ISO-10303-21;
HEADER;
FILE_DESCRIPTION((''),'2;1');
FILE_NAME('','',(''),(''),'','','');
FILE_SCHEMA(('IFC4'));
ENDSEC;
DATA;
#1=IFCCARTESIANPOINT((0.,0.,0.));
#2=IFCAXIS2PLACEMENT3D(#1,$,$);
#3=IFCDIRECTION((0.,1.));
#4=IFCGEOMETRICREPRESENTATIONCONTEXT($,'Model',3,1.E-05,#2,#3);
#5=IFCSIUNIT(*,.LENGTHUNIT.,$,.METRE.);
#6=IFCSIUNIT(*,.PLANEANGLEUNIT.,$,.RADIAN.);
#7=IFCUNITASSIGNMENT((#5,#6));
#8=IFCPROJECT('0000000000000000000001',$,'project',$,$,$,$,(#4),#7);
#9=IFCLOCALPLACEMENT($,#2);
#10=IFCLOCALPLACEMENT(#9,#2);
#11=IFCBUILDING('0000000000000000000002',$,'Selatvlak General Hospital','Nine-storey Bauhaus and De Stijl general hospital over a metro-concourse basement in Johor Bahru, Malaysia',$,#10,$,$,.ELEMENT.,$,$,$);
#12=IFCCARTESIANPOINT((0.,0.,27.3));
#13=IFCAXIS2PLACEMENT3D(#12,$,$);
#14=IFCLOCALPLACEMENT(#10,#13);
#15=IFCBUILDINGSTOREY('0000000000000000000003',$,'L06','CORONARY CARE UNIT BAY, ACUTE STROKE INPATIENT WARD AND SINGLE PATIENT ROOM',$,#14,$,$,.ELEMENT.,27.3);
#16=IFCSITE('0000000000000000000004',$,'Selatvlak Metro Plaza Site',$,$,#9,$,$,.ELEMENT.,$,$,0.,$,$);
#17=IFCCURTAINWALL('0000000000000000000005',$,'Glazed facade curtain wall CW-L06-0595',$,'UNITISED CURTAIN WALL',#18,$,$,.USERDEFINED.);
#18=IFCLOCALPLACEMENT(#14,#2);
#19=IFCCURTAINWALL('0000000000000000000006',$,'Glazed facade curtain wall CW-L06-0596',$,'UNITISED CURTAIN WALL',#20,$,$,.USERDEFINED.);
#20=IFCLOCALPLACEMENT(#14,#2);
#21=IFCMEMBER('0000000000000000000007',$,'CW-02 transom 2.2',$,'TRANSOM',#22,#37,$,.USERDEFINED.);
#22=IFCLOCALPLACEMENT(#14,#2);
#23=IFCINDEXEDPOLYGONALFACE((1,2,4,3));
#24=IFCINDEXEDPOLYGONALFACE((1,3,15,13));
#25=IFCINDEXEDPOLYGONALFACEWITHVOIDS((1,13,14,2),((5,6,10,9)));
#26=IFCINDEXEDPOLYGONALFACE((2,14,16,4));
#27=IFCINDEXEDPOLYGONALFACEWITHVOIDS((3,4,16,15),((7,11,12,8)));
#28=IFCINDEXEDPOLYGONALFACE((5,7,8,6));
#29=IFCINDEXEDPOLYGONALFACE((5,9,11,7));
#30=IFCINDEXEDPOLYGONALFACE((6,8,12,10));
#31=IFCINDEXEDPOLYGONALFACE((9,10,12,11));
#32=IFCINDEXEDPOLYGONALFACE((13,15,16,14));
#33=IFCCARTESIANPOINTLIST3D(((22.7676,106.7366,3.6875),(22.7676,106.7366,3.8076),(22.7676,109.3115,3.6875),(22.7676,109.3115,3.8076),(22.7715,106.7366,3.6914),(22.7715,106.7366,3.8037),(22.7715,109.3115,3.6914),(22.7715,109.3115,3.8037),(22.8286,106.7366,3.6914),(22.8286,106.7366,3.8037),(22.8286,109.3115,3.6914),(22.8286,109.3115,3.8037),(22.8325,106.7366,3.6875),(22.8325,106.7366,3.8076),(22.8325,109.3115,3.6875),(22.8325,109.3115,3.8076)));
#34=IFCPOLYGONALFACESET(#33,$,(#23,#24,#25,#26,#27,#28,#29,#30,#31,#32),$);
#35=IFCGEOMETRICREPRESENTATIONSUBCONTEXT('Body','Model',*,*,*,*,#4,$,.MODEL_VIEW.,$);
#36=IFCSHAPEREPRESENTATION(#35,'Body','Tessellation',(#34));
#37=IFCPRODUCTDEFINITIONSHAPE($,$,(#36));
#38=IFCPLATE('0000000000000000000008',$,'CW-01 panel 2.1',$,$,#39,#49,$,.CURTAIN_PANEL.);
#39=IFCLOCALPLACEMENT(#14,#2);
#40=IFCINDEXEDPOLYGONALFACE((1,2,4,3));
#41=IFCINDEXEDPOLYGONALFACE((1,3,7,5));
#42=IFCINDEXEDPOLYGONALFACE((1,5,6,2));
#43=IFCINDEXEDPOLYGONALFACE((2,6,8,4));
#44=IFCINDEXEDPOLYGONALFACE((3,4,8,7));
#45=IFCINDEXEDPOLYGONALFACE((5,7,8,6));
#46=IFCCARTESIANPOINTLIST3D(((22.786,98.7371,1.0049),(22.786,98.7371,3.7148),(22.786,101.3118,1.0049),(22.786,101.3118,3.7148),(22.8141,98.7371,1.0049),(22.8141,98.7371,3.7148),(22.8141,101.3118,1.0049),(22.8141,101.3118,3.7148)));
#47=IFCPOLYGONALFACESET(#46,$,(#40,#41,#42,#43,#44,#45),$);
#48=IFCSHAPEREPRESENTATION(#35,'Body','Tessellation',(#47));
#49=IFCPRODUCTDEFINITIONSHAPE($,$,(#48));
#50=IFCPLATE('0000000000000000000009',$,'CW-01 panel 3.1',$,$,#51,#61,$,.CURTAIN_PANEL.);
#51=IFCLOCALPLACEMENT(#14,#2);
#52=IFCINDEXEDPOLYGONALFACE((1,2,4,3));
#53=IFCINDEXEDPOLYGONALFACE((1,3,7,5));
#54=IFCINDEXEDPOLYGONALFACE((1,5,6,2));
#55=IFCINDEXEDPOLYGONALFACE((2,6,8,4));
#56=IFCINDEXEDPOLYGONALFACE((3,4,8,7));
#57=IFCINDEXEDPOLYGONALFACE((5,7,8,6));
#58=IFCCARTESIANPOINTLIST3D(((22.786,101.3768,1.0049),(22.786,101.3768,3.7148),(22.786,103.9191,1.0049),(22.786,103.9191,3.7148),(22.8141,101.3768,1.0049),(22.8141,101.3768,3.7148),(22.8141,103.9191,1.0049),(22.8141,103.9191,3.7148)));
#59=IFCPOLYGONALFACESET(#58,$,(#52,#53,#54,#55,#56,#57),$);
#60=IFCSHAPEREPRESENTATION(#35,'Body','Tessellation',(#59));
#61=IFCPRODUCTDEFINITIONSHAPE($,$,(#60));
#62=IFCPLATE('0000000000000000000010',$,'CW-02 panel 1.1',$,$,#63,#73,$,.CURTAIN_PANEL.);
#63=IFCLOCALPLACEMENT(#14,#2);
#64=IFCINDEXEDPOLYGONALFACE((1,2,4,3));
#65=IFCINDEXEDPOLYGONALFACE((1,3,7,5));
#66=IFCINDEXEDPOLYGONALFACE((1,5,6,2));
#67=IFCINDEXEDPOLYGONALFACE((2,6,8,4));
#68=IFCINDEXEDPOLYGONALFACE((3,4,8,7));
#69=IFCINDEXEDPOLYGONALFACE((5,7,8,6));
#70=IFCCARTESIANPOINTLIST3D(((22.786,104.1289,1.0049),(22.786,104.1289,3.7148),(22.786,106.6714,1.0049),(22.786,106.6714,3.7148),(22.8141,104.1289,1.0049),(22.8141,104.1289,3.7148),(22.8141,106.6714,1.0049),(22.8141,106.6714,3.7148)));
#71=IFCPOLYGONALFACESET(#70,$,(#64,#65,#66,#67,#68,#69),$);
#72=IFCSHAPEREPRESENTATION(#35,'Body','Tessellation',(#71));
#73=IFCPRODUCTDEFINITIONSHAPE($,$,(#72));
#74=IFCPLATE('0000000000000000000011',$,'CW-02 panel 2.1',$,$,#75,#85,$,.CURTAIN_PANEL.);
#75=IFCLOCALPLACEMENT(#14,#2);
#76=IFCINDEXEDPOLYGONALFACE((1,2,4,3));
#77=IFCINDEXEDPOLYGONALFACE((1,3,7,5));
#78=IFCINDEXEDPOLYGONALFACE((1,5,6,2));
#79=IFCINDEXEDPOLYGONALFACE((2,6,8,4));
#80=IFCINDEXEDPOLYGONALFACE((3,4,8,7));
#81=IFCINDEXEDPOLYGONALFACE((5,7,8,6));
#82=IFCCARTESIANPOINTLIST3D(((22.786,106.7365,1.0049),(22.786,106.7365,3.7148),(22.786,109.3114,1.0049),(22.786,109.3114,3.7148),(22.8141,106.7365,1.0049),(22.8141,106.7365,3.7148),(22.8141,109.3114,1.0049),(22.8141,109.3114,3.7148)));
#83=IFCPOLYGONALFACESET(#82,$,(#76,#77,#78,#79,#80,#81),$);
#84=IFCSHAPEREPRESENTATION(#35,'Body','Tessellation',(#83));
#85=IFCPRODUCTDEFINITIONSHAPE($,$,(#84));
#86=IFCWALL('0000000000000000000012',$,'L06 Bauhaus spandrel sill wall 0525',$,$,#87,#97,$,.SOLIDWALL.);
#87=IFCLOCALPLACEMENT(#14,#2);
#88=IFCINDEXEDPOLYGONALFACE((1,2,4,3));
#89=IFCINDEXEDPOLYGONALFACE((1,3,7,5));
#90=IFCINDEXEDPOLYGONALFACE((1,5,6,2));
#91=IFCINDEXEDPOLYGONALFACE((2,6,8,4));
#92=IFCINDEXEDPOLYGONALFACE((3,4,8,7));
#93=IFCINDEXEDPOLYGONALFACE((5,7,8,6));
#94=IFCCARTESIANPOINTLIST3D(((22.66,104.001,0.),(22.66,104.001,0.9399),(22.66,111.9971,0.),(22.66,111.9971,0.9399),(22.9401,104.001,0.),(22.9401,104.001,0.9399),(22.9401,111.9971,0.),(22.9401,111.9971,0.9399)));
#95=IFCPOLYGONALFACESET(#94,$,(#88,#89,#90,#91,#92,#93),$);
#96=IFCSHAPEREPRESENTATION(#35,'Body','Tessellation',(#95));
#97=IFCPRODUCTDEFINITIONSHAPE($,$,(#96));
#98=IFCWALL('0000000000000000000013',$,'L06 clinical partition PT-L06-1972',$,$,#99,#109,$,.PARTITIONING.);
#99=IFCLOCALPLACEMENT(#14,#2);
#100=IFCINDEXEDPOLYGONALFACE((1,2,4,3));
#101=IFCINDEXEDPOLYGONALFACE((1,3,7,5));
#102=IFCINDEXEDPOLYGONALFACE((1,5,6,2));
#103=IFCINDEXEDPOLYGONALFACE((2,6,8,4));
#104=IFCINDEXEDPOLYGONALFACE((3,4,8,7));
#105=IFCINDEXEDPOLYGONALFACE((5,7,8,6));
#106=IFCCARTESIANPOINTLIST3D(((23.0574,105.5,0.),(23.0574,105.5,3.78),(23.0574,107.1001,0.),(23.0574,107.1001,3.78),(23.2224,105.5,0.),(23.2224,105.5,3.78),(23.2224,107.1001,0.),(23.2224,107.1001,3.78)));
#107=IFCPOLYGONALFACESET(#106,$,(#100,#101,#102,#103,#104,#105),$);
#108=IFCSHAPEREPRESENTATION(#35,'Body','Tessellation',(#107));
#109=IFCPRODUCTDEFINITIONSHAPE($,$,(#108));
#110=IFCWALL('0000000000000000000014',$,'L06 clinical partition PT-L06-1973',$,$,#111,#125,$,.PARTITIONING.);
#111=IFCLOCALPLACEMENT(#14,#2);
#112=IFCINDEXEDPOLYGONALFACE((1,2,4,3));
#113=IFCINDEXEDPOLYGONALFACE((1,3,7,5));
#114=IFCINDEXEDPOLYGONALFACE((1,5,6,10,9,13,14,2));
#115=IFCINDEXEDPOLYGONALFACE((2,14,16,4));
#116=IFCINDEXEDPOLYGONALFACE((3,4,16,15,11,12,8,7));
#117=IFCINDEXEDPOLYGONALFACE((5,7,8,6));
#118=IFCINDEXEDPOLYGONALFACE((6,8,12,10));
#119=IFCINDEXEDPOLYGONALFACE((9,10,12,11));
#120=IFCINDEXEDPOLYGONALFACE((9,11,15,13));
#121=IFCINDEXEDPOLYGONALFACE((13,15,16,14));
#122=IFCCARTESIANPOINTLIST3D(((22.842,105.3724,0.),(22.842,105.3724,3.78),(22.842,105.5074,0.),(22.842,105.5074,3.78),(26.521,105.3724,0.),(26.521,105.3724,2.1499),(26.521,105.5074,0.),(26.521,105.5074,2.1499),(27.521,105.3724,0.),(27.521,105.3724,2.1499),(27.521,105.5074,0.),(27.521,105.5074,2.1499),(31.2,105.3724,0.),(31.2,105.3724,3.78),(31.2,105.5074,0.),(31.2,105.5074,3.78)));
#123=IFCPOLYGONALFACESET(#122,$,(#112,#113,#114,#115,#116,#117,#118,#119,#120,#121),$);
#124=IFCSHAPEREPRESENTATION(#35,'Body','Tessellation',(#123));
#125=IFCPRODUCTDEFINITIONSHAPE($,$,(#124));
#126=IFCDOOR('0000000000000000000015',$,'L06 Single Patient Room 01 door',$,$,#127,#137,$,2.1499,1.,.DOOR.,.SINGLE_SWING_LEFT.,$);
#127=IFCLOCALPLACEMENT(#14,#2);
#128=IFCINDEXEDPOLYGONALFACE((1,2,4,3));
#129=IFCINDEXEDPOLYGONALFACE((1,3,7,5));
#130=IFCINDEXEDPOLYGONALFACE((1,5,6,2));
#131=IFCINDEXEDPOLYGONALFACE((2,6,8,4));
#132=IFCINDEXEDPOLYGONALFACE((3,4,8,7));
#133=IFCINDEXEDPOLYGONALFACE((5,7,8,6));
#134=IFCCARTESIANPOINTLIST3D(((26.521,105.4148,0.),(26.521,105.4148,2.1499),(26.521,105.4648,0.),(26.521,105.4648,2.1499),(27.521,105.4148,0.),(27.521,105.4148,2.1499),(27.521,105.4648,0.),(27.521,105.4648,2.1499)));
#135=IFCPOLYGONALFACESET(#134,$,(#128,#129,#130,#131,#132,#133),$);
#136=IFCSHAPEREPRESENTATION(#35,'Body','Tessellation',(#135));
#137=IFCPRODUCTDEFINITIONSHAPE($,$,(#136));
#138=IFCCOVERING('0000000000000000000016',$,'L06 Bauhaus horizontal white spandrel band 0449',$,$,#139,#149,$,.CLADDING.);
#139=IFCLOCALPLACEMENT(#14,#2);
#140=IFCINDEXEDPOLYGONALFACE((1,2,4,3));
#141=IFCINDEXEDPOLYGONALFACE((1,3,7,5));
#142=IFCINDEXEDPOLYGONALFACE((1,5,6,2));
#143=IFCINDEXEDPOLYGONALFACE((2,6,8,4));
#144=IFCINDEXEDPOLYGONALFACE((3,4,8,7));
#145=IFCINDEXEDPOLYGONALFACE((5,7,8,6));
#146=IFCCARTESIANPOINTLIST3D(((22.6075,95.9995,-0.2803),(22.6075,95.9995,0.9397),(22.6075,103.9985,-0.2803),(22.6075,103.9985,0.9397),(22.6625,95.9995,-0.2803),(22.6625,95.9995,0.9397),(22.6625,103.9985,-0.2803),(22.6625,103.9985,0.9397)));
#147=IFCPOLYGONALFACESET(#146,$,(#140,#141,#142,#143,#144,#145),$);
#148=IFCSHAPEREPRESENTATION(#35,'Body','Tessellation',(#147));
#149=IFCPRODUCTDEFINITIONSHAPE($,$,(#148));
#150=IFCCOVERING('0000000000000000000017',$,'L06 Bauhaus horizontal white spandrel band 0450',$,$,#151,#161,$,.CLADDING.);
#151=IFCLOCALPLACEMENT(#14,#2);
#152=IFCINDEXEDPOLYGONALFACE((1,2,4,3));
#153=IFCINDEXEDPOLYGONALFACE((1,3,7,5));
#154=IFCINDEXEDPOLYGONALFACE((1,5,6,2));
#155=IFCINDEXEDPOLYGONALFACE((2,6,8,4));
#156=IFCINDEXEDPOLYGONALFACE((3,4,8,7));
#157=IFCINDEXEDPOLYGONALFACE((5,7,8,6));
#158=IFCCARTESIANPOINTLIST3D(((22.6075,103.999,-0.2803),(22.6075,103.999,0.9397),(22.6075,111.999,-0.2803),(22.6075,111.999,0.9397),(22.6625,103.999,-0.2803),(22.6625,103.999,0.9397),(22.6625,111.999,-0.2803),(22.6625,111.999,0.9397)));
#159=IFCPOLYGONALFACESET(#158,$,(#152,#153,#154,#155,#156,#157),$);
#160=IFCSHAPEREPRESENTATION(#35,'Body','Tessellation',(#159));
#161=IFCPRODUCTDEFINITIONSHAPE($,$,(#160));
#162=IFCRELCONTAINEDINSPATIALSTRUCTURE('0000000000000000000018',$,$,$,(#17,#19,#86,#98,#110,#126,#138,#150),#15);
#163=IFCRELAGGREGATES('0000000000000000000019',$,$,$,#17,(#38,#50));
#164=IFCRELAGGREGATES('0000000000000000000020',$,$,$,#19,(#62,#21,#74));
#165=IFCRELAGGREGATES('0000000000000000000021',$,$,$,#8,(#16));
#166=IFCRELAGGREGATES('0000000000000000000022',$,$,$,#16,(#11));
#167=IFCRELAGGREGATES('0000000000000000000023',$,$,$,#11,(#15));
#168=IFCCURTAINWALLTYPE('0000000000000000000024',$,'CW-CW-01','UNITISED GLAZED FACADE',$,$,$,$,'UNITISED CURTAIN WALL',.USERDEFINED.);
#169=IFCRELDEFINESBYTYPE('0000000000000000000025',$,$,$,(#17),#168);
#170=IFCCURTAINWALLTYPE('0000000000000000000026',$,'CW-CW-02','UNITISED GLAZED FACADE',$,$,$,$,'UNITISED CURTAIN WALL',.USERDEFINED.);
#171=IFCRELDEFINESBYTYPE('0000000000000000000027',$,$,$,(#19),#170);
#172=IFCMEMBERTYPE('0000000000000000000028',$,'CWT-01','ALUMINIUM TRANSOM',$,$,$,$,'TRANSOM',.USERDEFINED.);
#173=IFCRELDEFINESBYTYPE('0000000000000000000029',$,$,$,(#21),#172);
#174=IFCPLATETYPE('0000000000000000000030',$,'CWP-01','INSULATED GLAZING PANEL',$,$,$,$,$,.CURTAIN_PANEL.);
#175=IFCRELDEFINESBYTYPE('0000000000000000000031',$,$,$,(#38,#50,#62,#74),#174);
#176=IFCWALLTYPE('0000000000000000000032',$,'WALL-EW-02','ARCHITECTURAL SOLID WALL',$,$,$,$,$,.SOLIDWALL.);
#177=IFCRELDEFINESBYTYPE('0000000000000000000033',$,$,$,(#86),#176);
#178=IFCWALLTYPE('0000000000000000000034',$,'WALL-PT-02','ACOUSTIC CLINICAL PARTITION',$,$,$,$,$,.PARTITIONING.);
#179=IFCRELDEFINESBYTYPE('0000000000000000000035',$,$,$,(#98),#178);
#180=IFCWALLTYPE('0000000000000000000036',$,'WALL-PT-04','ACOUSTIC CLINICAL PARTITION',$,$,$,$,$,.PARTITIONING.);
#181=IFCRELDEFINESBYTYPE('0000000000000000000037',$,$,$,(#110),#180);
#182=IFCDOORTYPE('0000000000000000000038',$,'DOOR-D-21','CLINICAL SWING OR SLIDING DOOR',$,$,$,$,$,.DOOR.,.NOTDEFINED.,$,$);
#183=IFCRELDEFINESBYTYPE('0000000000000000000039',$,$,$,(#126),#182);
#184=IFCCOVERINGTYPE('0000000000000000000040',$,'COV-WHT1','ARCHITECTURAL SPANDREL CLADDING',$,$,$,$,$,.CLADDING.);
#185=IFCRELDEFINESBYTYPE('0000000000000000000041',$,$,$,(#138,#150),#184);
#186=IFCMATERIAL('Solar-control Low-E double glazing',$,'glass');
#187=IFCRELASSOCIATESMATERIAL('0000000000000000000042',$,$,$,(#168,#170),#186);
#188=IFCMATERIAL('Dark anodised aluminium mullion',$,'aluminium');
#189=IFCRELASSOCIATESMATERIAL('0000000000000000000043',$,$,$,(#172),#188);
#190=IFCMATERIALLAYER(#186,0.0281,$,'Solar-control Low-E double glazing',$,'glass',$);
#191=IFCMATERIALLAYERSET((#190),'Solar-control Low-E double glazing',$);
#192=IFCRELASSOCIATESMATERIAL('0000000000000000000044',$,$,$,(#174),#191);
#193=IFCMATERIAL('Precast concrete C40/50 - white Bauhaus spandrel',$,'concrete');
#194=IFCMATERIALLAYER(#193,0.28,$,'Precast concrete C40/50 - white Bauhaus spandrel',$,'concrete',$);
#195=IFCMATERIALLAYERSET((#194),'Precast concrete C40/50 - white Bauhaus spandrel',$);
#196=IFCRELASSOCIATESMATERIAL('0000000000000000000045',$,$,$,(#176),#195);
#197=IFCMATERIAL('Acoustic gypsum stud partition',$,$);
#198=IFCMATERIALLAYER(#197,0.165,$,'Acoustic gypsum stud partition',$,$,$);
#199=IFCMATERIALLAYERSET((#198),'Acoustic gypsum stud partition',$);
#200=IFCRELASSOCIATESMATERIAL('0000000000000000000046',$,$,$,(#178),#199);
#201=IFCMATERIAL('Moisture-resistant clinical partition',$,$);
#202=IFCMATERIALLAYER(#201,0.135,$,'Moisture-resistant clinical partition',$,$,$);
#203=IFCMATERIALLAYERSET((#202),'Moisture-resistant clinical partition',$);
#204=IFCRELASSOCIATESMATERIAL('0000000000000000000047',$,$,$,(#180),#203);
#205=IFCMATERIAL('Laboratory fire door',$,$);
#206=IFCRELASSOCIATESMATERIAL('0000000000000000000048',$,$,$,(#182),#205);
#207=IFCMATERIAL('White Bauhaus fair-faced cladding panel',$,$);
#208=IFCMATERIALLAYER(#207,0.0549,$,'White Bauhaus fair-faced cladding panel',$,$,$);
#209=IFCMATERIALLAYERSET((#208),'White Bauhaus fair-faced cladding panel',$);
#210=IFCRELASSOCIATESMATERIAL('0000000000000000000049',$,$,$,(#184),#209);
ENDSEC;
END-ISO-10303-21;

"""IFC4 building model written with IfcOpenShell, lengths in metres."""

from ifc_helpers import new_model, si_unit, direction, frame, frame_2d, origin, origin_2d, place, context, subcontext, project, spatial, rectangle, hollow_rectangle, extrude, material, layer, layer_set, material_profile, profile_set, type_object, element, fill, aggregate, save


model = new_model("IFC4")

# Units and contexts
model_context = context("Model", 3, precision=1e-05, world=origin(), true_north=direction((0.0, 1.0)))
body_context = subcontext(model_context, "Body", "Model", "MODEL_VIEW")
ifc_project = project(units=[si_unit("LENGTHUNIT", "METRE"), si_unit("PLANEANGLEUNIT", "RADIAN")], contexts=[model_context])

# Site, building, storey
site_placement = place(None, origin())
site = spatial("IfcSite", under=ifc_project, at=site_placement, Name="Selatvlak Metro Plaza Site", CompositionType="ELEMENT", RefElevation=0.0)
building_placement = place(site_placement, origin())
building = spatial("IfcBuilding", under=site, at=building_placement, Name="Selatvlak General Hospital", Description="Nine-storey Bauhaus and De Stijl general hospital over a metro-concourse basement in Johor Bahru, Malaysia", CompositionType="ELEMENT")
storey_placement = place(building_placement, frame((0.0, 0.0, 27.3)))
storey = spatial("IfcBuildingStorey", under=building, at=storey_placement, Name="L06", Description="CORONARY CARE UNIT BAY, ACUTE STROKE INPATIENT WARD AND SINGLE PATIENT ROOM", CompositionType="ELEMENT", Elevation=27.3)

# Curtain walls
ifc_material_1 = material(Name="Solar-control Low-E double glazing", Category="glass")
curtain_wall_type_1 = type_object("IfcCurtainWallType", Name="CW-CW-01", Description="UNITISED GLAZED FACADE", ElementType="UNITISED CURTAIN WALL", PredefinedType="USERDEFINED", material=ifc_material_1)
curtain_wall_1_placement = place(storey_placement, origin())
curtain_wall_1 = element("IfcCurtainWall", 1, at=curtain_wall_1_placement, inside=storey, type_object=curtain_wall_type_1, Name="Glazed facade curtain wall CW-L06-0595", ObjectType="UNITISED CURTAIN WALL", PredefinedType="USERDEFINED")
ifc_material_2 = material(Name="Dark anodised aluminium mullion", Category="aluminium")
curtain_wall_type_2 = type_object("IfcCurtainWallType", Name="CW-CW-02", Description="UNITISED GLAZED FACADE", ElementType="UNITISED CURTAIN WALL", PredefinedType="USERDEFINED", material=ifc_material_1)
curtain_wall_2_placement = place(storey_placement, origin())
curtain_wall_2 = element("IfcCurtainWall", 2, at=curtain_wall_2_placement, inside=storey, type_object=curtain_wall_type_2, Name="Glazed facade curtain wall CW-L06-0596", ObjectType="UNITISED CURTAIN WALL", PredefinedType="USERDEFINED")

# Member
ifc_material_profile_1 = material_profile(ifc_material_2, hollow_rectangle(XDim=0.0649, YDim=0.1201, WallThickness=0.0039, at=origin_2d()), Name="AL-TRN 65x120x4")
ifc_profile_set_1 = profile_set([ifc_material_profile_1], Name="Dark anodised aluminium mullion")
member_type_1 = type_object("IfcMemberType", Name="CWT-01", Description="ALUMINIUM TRANSOM", ElementType="TRANSOM", PredefinedType="USERDEFINED", material=ifc_profile_set_1)
member_1_placement = place(storey_placement, frame((22.8, 106.7366, 3.7476), z_axis=(0.0, 1.0, 0.0), x_axis=(-1.0, 0.0, 0.0)))
member_1 = element("IfcMember", 3, at=member_1_placement, type_object=member_type_1, Name="CW-02 transom 2.2", ObjectType="TRANSOM", PredefinedType="USERDEFINED", context=body_context, shape_type="SweptSolid", body=[
    extrude(hollow_rectangle(XDim=0.0649, YDim=0.1201, WallThickness=0.0039, at=origin_2d()), origin(), (0.0, 0.0, 1.0), 2.575),
])

# Plates
ifc_layer_1 = layer(ifc_material_1, 0.0281, Name="Solar-control Low-E double glazing", Category="glass")
ifc_layer_set_1 = layer_set([ifc_layer_1], Name="Solar-control Low-E double glazing")
plate_type = type_object("IfcPlateType", Name="CWP-01", Description="INSULATED GLAZING PANEL", PredefinedType="CURTAIN_PANEL", material=ifc_layer_set_1)
plate_1_placement = place(storey_placement, frame((22.8, 100.0244, 1.0049), z_axis=(0.0, 0.0, 1.0), x_axis=(0.0, 1.0, 0.0)))
plate_1 = element("IfcPlate", 4, at=plate_1_placement, type_object=plate_type, Name="CW-01 panel 2.1", PredefinedType="CURTAIN_PANEL", context=body_context, shape_type="SweptSolid", body=[
    extrude(rectangle(XDim=2.5747, YDim=0.0281, at=origin_2d()), origin(), (0.0, 0.0, 1.0), 2.71),
])
plate_2_placement = place(storey_placement, frame((22.8, 102.6479, 1.0049), z_axis=(0.0, 0.0, 1.0), x_axis=(0.0, 1.0, 0.0)))
plate_2 = element("IfcPlate", 5, at=plate_2_placement, type_object=plate_type, Name="CW-01 panel 3.1", PredefinedType="CURTAIN_PANEL", context=body_context, shape_type="SweptSolid", body=[
    extrude(rectangle(XDim=2.5422, YDim=0.0281, at=origin_2d()), origin(), (0.0, 0.0, 1.0), 2.71),
])
aggregate(curtain_wall_1, [plate_1, plate_2])
plate_3_placement = place(storey_placement, frame((22.8, 105.4001, 1.0049), z_axis=(0.0, 0.0, 1.0), x_axis=(0.0, 1.0, 0.0)))
plate_3 = element("IfcPlate", 6, at=plate_3_placement, type_object=plate_type, Name="CW-02 panel 1.1", PredefinedType="CURTAIN_PANEL", context=body_context, shape_type="SweptSolid", body=[
    extrude(rectangle(XDim=2.5425, YDim=0.0281, at=origin_2d()), origin(), (0.0, 0.0, 1.0), 2.71),
])
plate_4_placement = place(storey_placement, frame((22.8, 108.0239, 1.0049), z_axis=(0.0, 0.0, 1.0), x_axis=(0.0, 1.0, 0.0)))
plate_4 = element("IfcPlate", 7, at=plate_4_placement, type_object=plate_type, Name="CW-02 panel 2.1", PredefinedType="CURTAIN_PANEL", context=body_context, shape_type="SweptSolid", body=[
    extrude(rectangle(XDim=2.575, YDim=0.0281, at=origin_2d()), origin(), (0.0, 0.0, 1.0), 2.71),
])
aggregate(curtain_wall_2, [plate_3, member_1, plate_4])

# Walls
ifc_material_3 = material(Name="Precast concrete C40/50 - white Bauhaus spandrel", Category="concrete")
ifc_layer_2 = layer(ifc_material_3, 0.28, Name="Precast concrete C40/50 - white Bauhaus spandrel", Category="concrete")
ifc_layer_set_2 = layer_set([ifc_layer_2], Name="Precast concrete C40/50 - white Bauhaus spandrel")
wall_type_1 = type_object("IfcWallType", Name="WALL-EW-02", Description="ARCHITECTURAL SOLID WALL", PredefinedType="SOLIDWALL", material=ifc_layer_set_2)
wall_1_placement = place(storey_placement, frame((22.8, 104.001, 0.0), z_axis=(0.0, 0.0, 1.0), x_axis=(0.0, 1.0, 0.0)))
element("IfcWall", 8, at=wall_1_placement, inside=storey, type_object=wall_type_1, Name="L06 Bauhaus spandrel sill wall 0525", PredefinedType="SOLIDWALL", context=body_context, shape_type="SweptSolid", body=[
    extrude(rectangle(XDim=7.9961, YDim=0.28, at=frame_2d((3.998, 0.0))), origin(), (0.0, 0.0, 1.0), 0.9399),
])
ifc_material_4 = material(Name="Acoustic gypsum stud partition")
ifc_layer_3 = layer(ifc_material_4, 0.165, Name="Acoustic gypsum stud partition")
ifc_layer_set_3 = layer_set([ifc_layer_3], Name="Acoustic gypsum stud partition")
wall_type_2 = type_object("IfcWallType", Name="WALL-PT-02", Description="ACOUSTIC CLINICAL PARTITION", PredefinedType="PARTITIONING", material=ifc_layer_set_3)
wall_2_placement = place(storey_placement, frame((23.1399, 107.1001, 0.0), z_axis=(0.0, 0.0, 1.0), x_axis=(0.0, -1.0, 0.0)))
element("IfcWall", 9, at=wall_2_placement, inside=storey, type_object=wall_type_2, Name="L06 clinical partition PT-L06-1972", PredefinedType="PARTITIONING", context=body_context, shape_type="SweptSolid", body=[
    extrude(rectangle(XDim=1.6001, YDim=0.165, at=frame_2d((0.8, 0.0))), origin(), (0.0, 0.0, 1.0), 3.78),
])

# Wall, opening, door
ifc_material_5 = material(Name="Moisture-resistant clinical partition")
ifc_layer_4 = layer(ifc_material_5, 0.135, Name="Moisture-resistant clinical partition")
ifc_layer_set_4 = layer_set([ifc_layer_4], Name="Moisture-resistant clinical partition")
wall_type_3 = type_object("IfcWallType", Name="WALL-PT-04", Description="ACOUSTIC CLINICAL PARTITION", PredefinedType="PARTITIONING", material=ifc_layer_set_4)
wall_3_placement = place(storey_placement, frame((22.842, 105.4399, 0.0), z_axis=(0.0, 0.0, 1.0), x_axis=(1.0, 0.0, 0.0)))
wall_3 = element("IfcWall", 10, at=wall_3_placement, inside=storey, type_object=wall_type_3, Name="L06 clinical partition PT-L06-1973", PredefinedType="PARTITIONING", context=body_context, shape_type="SweptSolid", body=[
    extrude(rectangle(XDim=8.3579, YDim=0.135, at=frame_2d((4.179, 0.0))), origin(), (0.0, 0.0, 1.0), 3.78),
])
opening_placement = place(wall_3_placement, frame((3.679, 0.0, 0.0)))
opening = element("IfcOpeningElement", 11, at=opening_placement, cuts=wall_3, PredefinedType="OPENING", context=body_context, shape_type="SweptSolid", body=[
    extrude(rectangle(XDim=1.0, YDim=2.1499, at=frame_2d((0.5, 1.075))), frame((0.0, 0.0774, 0.0), z_axis=(0.0, -1.0, 0.0), x_axis=(1.0, 0.0, 0.0)), (0.0, 0.0, 1.0), 0.155),
])
ifc_material_6 = material(Name="Laboratory fire door")
door_type = type_object("IfcDoorType", Name="DOOR-D-21", Description="CLINICAL SWING OR SLIDING DOOR", OperationType="NOTDEFINED", PredefinedType="DOOR", material=ifc_material_6)
door_placement = place(opening_placement, origin())
door = element("IfcDoor", 12, at=door_placement, inside=storey, type_object=door_type, Name="L06 Single Patient Room 01 door", OperationType="SINGLE_SWING_LEFT", OverallHeight=2.1499, OverallWidth=1.0, PredefinedType="DOOR", context=body_context, shape_type="SweptSolid", body=[
    extrude(rectangle(XDim=1.0, YDim=2.1499, at=frame_2d((0.5, 1.075))), frame((0.0, 0.0249, 0.0), z_axis=(0.0, -1.0, 0.0), x_axis=(1.0, 0.0, 0.0)), (0.0, 0.0, 1.0), 0.05),
])
fill(opening, door)

# Coverings
ifc_material_7 = material(Name="White Bauhaus fair-faced cladding panel")
ifc_layer_5 = layer(ifc_material_7, 0.0549, Name="White Bauhaus fair-faced cladding panel")
ifc_layer_set_5 = layer_set([ifc_layer_5], Name="White Bauhaus fair-faced cladding panel")
covering_type = type_object("IfcCoveringType", Name="COV-WHT1", Description="ARCHITECTURAL SPANDREL CLADDING", PredefinedType="CLADDING", material=ifc_layer_set_5)
covering_1_placement = place(storey_placement, frame((22.635, 99.999, -0.2803), z_axis=(0.0, 0.0, 1.0), x_axis=(0.0, 1.0, 0.0)))
element("IfcCovering", 13, at=covering_1_placement, inside=storey, type_object=covering_type, Name="L06 Bauhaus horizontal white spandrel band 0449", PredefinedType="CLADDING", context=body_context, shape_type="SweptSolid", body=[
    extrude(rectangle(XDim=7.999, YDim=0.0549, at=origin_2d()), origin(), (0.0, 0.0, 1.0), 1.22),
])
covering_2_placement = place(storey_placement, frame((22.635, 107.999, -0.2803), z_axis=(0.0, 0.0, 1.0), x_axis=(0.0, 1.0, 0.0)))
element("IfcCovering", 14, at=covering_2_placement, inside=storey, type_object=covering_type, Name="L06 Bauhaus horizontal white spandrel band 0450", PredefinedType="CLADDING", context=body_context, shape_type="SweptSolid", body=[
    extrude(rectangle(XDim=8.0, YDim=0.0549, at=origin_2d()), origin(), (0.0, 0.0, 1.0), 1.22),
])

save(model, "model.ifc")
